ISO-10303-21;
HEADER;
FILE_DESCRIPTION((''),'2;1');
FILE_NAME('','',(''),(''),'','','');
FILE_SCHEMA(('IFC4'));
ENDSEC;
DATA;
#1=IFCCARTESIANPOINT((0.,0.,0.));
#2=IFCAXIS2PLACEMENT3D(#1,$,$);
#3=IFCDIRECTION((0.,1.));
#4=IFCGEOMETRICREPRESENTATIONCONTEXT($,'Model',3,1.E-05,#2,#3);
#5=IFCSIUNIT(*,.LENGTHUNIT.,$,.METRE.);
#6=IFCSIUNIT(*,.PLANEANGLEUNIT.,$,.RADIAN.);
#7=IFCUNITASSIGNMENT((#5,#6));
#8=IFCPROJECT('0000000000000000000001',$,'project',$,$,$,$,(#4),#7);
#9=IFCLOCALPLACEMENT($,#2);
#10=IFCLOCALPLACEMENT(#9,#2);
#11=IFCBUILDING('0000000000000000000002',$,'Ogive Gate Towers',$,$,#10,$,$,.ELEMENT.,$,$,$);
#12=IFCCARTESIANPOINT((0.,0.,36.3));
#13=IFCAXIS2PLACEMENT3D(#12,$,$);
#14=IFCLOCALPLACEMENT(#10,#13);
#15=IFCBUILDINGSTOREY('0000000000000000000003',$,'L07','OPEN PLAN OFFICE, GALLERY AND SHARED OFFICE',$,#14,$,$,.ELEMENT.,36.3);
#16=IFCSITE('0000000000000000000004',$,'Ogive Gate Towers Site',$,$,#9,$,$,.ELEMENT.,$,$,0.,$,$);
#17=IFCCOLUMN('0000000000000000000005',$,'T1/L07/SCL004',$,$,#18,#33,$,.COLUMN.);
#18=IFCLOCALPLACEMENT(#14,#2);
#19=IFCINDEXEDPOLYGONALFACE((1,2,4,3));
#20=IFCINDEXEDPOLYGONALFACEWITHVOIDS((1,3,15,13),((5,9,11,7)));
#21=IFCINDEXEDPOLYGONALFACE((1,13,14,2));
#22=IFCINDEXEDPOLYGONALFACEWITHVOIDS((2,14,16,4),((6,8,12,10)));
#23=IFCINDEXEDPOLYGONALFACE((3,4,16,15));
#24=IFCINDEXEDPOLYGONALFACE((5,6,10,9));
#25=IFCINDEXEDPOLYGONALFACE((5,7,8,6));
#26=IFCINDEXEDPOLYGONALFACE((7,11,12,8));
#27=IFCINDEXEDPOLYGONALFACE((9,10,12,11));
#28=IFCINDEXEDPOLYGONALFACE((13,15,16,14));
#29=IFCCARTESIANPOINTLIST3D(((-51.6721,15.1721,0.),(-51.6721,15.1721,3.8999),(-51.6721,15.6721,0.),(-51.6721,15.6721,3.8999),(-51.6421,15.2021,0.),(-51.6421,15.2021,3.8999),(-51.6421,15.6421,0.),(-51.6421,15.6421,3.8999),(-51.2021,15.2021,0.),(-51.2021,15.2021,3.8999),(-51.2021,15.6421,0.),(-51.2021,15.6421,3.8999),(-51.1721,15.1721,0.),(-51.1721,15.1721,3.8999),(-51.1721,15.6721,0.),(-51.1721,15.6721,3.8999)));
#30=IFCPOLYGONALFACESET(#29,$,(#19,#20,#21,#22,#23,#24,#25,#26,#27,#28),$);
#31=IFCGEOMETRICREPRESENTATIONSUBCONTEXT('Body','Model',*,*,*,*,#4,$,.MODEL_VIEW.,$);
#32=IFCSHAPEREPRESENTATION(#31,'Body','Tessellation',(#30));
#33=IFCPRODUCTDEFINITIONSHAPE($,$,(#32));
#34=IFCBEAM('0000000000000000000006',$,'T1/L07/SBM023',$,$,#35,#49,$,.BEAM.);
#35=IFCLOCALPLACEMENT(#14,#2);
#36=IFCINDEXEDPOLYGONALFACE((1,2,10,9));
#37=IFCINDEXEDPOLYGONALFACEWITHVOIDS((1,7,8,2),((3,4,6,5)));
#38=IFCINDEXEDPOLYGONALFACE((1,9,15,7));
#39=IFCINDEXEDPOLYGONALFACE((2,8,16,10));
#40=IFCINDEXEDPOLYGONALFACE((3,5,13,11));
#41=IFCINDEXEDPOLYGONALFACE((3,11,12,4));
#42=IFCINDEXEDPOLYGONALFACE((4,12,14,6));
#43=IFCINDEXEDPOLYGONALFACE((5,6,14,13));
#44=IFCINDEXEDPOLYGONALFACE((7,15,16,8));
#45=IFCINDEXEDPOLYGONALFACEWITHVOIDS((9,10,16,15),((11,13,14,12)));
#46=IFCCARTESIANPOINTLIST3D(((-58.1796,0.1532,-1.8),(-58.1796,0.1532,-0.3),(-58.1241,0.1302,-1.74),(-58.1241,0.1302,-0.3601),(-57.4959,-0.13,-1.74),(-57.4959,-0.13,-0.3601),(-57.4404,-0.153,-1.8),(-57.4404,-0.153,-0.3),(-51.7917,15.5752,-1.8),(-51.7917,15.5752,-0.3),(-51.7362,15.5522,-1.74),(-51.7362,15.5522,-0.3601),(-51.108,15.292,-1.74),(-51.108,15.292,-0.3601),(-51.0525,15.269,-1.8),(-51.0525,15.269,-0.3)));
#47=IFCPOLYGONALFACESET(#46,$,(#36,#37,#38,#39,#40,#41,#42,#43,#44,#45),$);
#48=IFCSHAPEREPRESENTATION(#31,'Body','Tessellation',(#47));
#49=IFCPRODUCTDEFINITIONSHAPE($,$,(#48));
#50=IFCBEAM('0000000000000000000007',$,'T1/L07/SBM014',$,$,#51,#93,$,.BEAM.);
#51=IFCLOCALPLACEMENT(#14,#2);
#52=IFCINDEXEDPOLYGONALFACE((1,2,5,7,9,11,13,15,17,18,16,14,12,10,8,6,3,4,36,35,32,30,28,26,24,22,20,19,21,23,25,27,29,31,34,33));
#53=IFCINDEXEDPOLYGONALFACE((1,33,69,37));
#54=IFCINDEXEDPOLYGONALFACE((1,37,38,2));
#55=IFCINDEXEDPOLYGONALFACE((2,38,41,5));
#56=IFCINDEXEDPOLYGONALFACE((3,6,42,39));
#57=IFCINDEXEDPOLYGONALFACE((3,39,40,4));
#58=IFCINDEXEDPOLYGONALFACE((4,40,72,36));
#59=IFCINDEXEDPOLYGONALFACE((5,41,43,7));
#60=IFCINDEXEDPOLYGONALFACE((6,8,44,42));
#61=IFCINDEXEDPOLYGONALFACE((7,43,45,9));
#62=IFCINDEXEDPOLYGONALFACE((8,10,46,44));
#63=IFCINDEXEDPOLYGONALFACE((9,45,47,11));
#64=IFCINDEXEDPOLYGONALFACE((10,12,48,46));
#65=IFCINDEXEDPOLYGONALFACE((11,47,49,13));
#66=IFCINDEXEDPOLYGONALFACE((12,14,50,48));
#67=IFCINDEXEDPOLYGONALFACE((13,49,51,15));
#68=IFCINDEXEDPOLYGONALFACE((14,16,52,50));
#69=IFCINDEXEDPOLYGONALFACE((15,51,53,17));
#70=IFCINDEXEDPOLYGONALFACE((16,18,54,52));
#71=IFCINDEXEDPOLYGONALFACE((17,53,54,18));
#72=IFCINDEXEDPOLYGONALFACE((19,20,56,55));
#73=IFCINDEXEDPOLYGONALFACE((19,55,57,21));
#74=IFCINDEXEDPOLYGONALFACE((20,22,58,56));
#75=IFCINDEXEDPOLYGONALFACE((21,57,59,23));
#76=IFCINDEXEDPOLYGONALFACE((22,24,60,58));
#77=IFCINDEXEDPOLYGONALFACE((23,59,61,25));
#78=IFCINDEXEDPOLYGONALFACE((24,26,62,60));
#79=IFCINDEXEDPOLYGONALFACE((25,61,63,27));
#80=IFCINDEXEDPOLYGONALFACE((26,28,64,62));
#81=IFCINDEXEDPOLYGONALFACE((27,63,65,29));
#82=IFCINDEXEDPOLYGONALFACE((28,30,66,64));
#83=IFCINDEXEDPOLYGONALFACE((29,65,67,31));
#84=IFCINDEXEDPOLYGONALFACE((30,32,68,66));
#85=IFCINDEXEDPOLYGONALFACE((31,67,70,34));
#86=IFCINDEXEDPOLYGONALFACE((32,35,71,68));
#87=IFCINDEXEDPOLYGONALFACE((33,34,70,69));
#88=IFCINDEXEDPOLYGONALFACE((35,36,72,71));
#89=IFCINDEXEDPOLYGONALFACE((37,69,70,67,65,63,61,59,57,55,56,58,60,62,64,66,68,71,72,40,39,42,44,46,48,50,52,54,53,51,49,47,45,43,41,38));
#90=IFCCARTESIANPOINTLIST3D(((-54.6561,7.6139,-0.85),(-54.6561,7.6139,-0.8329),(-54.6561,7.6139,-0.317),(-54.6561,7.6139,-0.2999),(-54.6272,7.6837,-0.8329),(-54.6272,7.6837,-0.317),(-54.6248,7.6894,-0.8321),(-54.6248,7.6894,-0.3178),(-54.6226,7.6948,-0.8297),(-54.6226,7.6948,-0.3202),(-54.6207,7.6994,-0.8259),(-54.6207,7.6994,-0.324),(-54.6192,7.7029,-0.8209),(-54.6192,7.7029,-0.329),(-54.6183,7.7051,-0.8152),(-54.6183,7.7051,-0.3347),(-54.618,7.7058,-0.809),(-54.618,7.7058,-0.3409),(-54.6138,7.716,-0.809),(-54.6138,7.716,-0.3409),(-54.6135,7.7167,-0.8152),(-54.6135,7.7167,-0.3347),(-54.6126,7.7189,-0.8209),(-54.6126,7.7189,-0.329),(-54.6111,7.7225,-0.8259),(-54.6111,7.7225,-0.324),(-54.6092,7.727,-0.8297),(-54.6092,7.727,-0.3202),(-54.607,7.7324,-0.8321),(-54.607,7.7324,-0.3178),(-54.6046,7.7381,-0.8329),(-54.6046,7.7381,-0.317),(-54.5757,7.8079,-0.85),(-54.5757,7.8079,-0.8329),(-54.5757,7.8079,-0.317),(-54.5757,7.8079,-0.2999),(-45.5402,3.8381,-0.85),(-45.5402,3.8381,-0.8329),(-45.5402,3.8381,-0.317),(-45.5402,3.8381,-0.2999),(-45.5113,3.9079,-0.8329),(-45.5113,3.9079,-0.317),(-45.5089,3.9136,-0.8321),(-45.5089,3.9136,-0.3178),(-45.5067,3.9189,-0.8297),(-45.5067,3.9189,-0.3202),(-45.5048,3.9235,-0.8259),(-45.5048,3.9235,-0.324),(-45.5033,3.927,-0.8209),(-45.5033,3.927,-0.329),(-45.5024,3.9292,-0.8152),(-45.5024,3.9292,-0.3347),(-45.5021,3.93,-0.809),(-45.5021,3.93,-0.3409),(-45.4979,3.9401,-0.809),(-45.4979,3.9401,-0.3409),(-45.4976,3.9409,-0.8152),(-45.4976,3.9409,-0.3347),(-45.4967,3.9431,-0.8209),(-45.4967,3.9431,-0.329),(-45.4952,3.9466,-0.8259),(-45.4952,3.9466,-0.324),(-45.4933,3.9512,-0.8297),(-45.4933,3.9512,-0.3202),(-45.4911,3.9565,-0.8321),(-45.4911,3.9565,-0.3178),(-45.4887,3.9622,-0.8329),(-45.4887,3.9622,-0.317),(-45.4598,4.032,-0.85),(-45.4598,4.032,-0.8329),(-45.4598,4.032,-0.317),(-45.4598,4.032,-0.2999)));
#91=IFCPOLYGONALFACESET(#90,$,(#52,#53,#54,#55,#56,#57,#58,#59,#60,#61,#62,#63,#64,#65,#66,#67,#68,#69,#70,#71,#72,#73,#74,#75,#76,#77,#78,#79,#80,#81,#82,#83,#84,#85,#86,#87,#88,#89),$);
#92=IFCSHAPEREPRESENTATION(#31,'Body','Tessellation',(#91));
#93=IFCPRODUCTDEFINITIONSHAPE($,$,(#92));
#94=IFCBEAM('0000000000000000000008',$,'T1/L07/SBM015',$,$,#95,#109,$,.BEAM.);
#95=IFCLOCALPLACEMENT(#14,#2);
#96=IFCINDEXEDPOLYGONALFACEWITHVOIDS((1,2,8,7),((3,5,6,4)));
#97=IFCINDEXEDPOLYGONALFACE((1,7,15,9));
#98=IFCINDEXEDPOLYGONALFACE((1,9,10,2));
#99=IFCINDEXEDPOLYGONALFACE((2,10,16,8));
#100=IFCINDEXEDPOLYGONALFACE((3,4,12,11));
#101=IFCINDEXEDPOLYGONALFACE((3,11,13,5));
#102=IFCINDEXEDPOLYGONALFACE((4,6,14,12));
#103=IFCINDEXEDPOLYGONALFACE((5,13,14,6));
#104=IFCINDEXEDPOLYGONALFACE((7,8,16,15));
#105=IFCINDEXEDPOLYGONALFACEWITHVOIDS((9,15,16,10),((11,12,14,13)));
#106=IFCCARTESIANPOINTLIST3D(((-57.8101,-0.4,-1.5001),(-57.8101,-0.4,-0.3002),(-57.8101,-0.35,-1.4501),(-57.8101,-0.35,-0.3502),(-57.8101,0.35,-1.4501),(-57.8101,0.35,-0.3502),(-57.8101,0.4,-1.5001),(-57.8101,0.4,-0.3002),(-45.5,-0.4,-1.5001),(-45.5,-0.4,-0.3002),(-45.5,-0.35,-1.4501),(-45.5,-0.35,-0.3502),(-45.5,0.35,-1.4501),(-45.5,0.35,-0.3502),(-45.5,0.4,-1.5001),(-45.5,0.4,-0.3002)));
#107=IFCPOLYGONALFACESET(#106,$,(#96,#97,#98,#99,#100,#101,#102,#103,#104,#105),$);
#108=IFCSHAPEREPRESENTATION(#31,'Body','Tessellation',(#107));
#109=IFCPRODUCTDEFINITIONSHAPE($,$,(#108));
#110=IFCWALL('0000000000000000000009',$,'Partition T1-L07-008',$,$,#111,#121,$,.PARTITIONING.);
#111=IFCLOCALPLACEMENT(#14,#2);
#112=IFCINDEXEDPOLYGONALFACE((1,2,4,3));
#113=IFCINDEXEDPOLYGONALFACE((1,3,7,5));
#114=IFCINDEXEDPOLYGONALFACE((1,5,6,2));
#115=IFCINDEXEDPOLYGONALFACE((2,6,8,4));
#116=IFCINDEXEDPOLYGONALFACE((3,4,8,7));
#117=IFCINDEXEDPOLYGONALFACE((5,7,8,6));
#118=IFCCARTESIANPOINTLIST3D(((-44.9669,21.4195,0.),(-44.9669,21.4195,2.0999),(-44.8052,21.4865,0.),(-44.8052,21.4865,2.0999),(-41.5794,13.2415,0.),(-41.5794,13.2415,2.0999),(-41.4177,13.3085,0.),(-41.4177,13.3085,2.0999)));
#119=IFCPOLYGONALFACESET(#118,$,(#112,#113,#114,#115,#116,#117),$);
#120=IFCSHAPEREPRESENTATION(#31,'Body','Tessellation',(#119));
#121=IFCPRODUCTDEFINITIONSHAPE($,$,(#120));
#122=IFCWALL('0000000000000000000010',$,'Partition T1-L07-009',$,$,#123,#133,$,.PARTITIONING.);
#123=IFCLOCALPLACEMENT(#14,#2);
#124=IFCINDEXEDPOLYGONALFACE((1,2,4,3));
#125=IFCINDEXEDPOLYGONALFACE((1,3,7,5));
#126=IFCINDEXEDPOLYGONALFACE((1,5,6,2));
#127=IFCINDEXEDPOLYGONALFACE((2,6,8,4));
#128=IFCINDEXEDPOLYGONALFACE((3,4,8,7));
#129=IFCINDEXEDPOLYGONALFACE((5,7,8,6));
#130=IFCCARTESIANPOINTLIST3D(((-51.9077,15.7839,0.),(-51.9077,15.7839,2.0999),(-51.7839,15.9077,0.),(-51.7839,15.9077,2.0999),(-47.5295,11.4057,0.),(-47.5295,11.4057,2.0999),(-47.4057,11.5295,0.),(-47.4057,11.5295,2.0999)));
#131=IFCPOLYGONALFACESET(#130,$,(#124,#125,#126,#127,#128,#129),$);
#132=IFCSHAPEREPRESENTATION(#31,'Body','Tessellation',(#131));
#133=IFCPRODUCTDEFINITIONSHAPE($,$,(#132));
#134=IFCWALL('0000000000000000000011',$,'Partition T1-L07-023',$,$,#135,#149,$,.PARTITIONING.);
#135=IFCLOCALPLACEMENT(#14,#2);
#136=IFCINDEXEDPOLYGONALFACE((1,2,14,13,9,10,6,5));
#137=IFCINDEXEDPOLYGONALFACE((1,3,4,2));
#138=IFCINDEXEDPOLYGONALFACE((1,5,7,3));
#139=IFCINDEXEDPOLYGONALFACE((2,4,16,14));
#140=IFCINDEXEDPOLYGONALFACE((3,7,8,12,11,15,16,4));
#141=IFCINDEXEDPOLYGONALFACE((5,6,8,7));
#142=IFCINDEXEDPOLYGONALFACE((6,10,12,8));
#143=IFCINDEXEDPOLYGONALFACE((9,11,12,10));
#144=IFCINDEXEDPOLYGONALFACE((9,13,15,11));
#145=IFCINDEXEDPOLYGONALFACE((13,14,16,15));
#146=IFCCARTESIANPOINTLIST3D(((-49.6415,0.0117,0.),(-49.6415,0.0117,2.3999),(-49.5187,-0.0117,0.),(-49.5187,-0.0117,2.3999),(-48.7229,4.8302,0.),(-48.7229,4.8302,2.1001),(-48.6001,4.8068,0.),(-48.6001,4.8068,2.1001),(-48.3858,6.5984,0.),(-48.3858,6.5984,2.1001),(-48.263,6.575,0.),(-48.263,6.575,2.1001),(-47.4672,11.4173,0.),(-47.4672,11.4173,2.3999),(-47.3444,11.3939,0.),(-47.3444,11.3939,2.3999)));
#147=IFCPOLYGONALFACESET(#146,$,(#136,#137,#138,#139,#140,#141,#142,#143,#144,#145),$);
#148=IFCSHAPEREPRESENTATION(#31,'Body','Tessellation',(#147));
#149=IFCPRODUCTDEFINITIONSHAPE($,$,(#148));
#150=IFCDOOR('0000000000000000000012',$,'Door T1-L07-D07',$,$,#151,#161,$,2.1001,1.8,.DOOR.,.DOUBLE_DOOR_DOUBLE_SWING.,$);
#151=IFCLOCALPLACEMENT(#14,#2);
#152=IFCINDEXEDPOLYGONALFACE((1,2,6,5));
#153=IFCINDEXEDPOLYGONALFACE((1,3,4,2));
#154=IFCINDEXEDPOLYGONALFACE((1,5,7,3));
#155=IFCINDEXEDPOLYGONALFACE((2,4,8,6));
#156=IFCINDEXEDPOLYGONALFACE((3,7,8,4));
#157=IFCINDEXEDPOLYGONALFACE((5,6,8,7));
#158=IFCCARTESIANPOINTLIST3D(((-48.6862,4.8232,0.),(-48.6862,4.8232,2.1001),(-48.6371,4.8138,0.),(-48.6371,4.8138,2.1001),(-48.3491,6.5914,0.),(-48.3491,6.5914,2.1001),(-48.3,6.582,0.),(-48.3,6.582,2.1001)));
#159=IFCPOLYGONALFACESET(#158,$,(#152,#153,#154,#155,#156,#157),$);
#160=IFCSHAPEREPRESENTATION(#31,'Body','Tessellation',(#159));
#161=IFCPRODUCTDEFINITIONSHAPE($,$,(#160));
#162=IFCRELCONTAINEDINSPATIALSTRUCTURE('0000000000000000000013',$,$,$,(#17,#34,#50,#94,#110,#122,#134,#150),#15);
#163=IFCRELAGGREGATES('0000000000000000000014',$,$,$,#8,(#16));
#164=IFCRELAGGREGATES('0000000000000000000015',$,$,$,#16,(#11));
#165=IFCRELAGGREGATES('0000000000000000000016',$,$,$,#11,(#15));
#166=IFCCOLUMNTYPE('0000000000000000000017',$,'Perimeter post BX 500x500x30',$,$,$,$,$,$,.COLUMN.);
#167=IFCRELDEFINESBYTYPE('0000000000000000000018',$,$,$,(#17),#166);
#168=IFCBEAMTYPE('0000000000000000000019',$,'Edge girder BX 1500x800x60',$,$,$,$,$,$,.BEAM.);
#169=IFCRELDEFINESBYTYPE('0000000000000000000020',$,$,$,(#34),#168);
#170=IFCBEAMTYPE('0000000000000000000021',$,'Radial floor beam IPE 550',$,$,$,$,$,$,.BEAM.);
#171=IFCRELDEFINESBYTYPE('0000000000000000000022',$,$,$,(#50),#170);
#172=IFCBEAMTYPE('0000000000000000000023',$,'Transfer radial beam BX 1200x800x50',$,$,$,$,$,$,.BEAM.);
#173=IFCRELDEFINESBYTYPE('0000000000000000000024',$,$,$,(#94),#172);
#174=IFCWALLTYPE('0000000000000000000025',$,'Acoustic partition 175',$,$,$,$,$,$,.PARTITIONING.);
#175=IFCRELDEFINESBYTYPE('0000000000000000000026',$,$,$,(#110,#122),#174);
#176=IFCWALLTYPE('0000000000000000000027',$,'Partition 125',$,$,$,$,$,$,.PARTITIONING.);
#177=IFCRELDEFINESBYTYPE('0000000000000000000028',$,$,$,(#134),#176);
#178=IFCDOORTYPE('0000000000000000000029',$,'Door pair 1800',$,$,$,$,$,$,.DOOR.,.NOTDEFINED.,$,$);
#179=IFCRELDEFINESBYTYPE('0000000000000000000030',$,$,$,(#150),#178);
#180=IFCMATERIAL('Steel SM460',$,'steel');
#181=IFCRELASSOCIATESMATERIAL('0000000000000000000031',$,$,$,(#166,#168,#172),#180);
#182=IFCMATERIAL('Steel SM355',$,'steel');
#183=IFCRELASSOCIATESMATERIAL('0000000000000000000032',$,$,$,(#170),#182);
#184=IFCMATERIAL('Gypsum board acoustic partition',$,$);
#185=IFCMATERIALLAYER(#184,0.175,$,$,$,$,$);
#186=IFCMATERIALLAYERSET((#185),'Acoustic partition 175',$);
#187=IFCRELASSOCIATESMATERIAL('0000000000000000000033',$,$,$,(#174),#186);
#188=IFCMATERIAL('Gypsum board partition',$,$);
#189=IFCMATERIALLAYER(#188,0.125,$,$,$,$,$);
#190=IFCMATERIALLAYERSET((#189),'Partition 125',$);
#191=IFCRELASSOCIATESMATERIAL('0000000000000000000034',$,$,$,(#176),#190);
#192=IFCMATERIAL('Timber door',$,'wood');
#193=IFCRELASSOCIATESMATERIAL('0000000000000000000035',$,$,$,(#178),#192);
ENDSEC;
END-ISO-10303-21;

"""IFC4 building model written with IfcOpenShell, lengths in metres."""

from ifc_helpers import new_model, si_unit, direction, frame, frame_2d, origin, origin_2d, place, context, subcontext, project, spatial, rectangle, hollow_rectangle, i_section, extrude, material, layer, layer_set, material_profile, profile_set, type_object, element, fill, save


model = new_model("IFC4")

# Units and contexts
model_context = context("Model", 3, precision=1e-05, world=origin(), true_north=direction((0.0, 1.0)))
body_context = subcontext(model_context, "Body", "Model", "MODEL_VIEW")
ifc_project = project(units=[si_unit("LENGTHUNIT", "METRE"), si_unit("PLANEANGLEUNIT", "RADIAN")], contexts=[model_context])

# Site, building, storey
site_placement = place(None, origin())
site = spatial("IfcSite", under=ifc_project, at=site_placement, Name="Ogive Gate Towers Site", CompositionType="ELEMENT", RefElevation=0.0)
building_placement = place(site_placement, origin())
building = spatial("IfcBuilding", under=site, at=building_placement, Name="Ogive Gate Towers", CompositionType="ELEMENT")
storey_placement = place(building_placement, frame((0.0, 0.0, 36.3)))
storey = spatial("IfcBuildingStorey", under=building, at=storey_placement, Name="L07", Description="OPEN PLAN OFFICE, GALLERY AND SHARED OFFICE", CompositionType="ELEMENT", Elevation=36.3)

# Column
ifc_material_1 = material(Name="Steel SM460", Category="steel")
ifc_material_profile_1 = material_profile(ifc_material_1, hollow_rectangle(XDim=0.5, YDim=0.5, WallThickness=0.03, at=origin_2d()), Name="BX 500x500x30")
ifc_profile_set_1 = profile_set([ifc_material_profile_1], Name="Steel SM460")
column_type = type_object("IfcColumnType", Name="Perimeter post BX 500x500x30", PredefinedType="COLUMN", material=ifc_profile_set_1)
column_placement = place(storey_placement, frame((-51.4221, 15.4221, 0.0), z_axis=(0.0, 0.0, 1.0), x_axis=(1.0, 0.0, 0.0)))
element("IfcColumn", 1, at=column_placement, inside=storey, type_object=column_type, Name="T1/L07/SCL004", PredefinedType="COLUMN", context=body_context, shape_type="SweptSolid", body=[
    extrude(hollow_rectangle(XDim=0.5, YDim=0.5, WallThickness=0.03, at=origin_2d()), origin(), (0.0, 0.0, 1.0), 3.8999),
])

# Beams
ifc_material_profile_2 = material_profile(ifc_material_1, hollow_rectangle(XDim=0.8, YDim=1.5, WallThickness=0.0601, at=origin_2d()), Name="BX 1500x800x60")
ifc_profile_set_2 = profile_set([ifc_material_profile_2], Name="Steel SM460")
beam_type_1 = type_object("IfcBeamType", Name="Edge girder BX 1500x800x60", PredefinedType="BEAM", material=ifc_profile_set_2)
beam_1_placement = place(storey_placement, frame((-51.4221, 15.4221, -1.05), z_axis=(-0.382678, -0.923882, 0.0), x_axis=(0.923882, -0.382678, 0.0)))
element("IfcBeam", 2, at=beam_1_placement, inside=storey, type_object=beam_type_1, Name="T1/L07/SBM023", PredefinedType="BEAM", context=body_context, shape_type="SweptSolid", body=[
    extrude(hollow_rectangle(XDim=0.8, YDim=1.5, WallThickness=0.0601, at=origin_2d()), origin(), (0.0, 0.0, 1.0), 16.6926),
])
ifc_material_2 = material(Name="Steel SM355", Category="steel")
ifc_material_profile_3 = material_profile(ifc_material_2, i_section(OverallWidth=0.21, OverallDepth=0.55, WebThickness=0.011, FlangeThickness=0.0171, FilletRadius=0.0239, at=origin_2d()), Name="IPE 550")
ifc_profile_set_3 = profile_set([ifc_material_profile_3], Name="Steel SM355")
beam_type_2 = type_object("IfcBeamType", Name="Radial floor beam IPE 550", PredefinedType="BEAM", material=ifc_profile_set_3)
beam_2_placement = place(storey_placement, frame((-45.5, 3.9351, -0.575), z_axis=(-0.923882, 0.382677, 0.0), x_axis=(-0.382677, -0.923882, 0.0)))
element("IfcBeam", 3, at=beam_2_placement, inside=storey, type_object=beam_type_2, Name="T1/L07/SBM014", PredefinedType="BEAM", context=body_context, shape_type="SweptSolid", body=[
    extrude(i_section(OverallWidth=0.21, OverallDepth=0.55, WebThickness=0.011, FlangeThickness=0.0171, FilletRadius=0.0239, at=origin_2d()), origin(), (0.0, 0.0, 1.0), 9.8669),
])
ifc_material_profile_4 = material_profile(ifc_material_1, hollow_rectangle(XDim=0.8, YDim=1.2, WallThickness=0.05, at=origin_2d()), Name="BX 1200x800x50")
ifc_profile_set_4 = profile_set([ifc_material_profile_4], Name="Steel SM460")
beam_type_3 = type_object("IfcBeamType", Name="Transfer radial beam BX 1200x800x50", PredefinedType="BEAM", material=ifc_profile_set_4)
beam_3_placement = place(storey_placement, frame((-45.5, 0.0, -0.9001), z_axis=(-1.0, 0.0, 0.0), x_axis=(0.0, -1.0, 0.0)))
element("IfcBeam", 4, at=beam_3_placement, inside=storey, type_object=beam_type_3, Name="T1/L07/SBM015", PredefinedType="BEAM", context=body_context, shape_type="SweptSolid", body=[
    extrude(hollow_rectangle(XDim=0.8, YDim=1.2, WallThickness=0.05, at=origin_2d()), origin(), (0.0, 0.0, 1.0), 12.3101),
])

# Walls
ifc_material_3 = material(Name="Gypsum board acoustic partition")
ifc_layer_1 = layer(ifc_material_3, 0.175)
ifc_layer_set_1 = layer_set([ifc_layer_1], Name="Acoustic partition 175")
wall_type_1 = type_object("IfcWallType", Name="Acoustic partition 175", PredefinedType="PARTITIONING", material=ifc_layer_set_1)
wall_1_placement = place(storey_placement, frame((-44.886, 21.4529, 0.0), z_axis=(0.0, 0.0, 1.0), x_axis=(0.382686, -0.923879, 0.0)))
element("IfcWall", 5, at=wall_1_placement, inside=storey, type_object=wall_type_1, Name="Partition T1-L07-008", PredefinedType="PARTITIONING", context=body_context, shape_type="SweptSolid", body=[
    extrude(rectangle(XDim=8.8518, YDim=0.175, at=frame_2d((4.4258, 0.0))), origin(), (0.0, 0.0, 1.0), 2.0999),
])
wall_2_placement = place(storey_placement, frame((-51.8457, 15.8457, 0.0), z_axis=(0.0, 0.0, 1.0), x_axis=(0.707107, -0.707107, 0.0)))
element("IfcWall", 6, at=wall_2_placement, inside=storey, type_object=wall_type_1, Name="Partition T1-L07-009", PredefinedType="PARTITIONING", context=body_context, shape_type="SweptSolid", body=[
    extrude(rectangle(XDim=6.1917, YDim=0.175, at=frame_2d((3.0957, 0.0))), origin(), (0.0, 0.0, 1.0), 2.0999),
])

# Wall, opening, door
ifc_material_4 = material(Name="Gypsum board partition")
ifc_layer_2 = layer(ifc_material_4, 0.125)
ifc_layer_set_2 = layer_set([ifc_layer_2], Name="Partition 125")
wall_type_2 = type_object("IfcWallType", Name="Partition 125", PredefinedType="PARTITIONING", material=ifc_layer_set_2)
wall_3_placement = place(storey_placement, frame((-47.4058, 11.4058, 0.0), z_axis=(0.0, 0.0, 1.0), x_axis=(-0.187261, -0.98231, 0.0)))
wall_3 = element("IfcWall", 7, at=wall_3_placement, inside=storey, type_object=wall_type_2, Name="Partition T1-L07-023", PredefinedType="PARTITIONING", context=body_context, shape_type="SweptSolid", body=[
    extrude(rectangle(XDim=11.6111, YDim=0.125, at=frame_2d((5.8057, 0.0))), origin(), (0.0, 0.0, 1.0), 2.3999),
])
opening_1_placement = place(wall_3_placement, frame((4.906, 0.0, 0.0)))
opening_1 = element("IfcOpeningElement", 8, at=opening_1_placement, cuts=wall_3, PredefinedType="OPENING", context=body_context, shape_type="SweptSolid", body=[
    extrude(rectangle(XDim=1.8, YDim=2.1001, at=frame_2d((0.8999, 1.05))), frame((0.0, 0.0725, 0.0), z_axis=(0.0, -1.0, 0.0), x_axis=(1.0, 0.0, 0.0)), (0.0, 0.0, 1.0), 0.145),
])
ifc_material_5 = material(Name="Timber door", Category="wood")
door_type_1 = type_object("IfcDoorType", Name="Door pair 1800", OperationType="NOTDEFINED", PredefinedType="DOOR", material=ifc_material_5)
door_1_placement = place(opening_1_placement, origin())
door_1 = element("IfcDoor", 9, at=door_1_placement, inside=storey, type_object=door_type_1, Name="Door T1-L07-D07", OperationType="DOUBLE_DOOR_DOUBLE_SWING", OverallHeight=2.1001, OverallWidth=1.8, PredefinedType="DOOR", context=body_context, shape_type="SweptSolid", body=[
    extrude(rectangle(XDim=1.8, YDim=2.1001, at=frame_2d((0.8999, 1.05))), frame((0.0, 0.0249, 0.0), z_axis=(0.0, -1.0, 0.0), x_axis=(1.0, 0.0, 0.0)), (0.0, 0.0, 1.0), 0.05),
])
fill(opening_1, door_1)

save(model, "model.ifc")
